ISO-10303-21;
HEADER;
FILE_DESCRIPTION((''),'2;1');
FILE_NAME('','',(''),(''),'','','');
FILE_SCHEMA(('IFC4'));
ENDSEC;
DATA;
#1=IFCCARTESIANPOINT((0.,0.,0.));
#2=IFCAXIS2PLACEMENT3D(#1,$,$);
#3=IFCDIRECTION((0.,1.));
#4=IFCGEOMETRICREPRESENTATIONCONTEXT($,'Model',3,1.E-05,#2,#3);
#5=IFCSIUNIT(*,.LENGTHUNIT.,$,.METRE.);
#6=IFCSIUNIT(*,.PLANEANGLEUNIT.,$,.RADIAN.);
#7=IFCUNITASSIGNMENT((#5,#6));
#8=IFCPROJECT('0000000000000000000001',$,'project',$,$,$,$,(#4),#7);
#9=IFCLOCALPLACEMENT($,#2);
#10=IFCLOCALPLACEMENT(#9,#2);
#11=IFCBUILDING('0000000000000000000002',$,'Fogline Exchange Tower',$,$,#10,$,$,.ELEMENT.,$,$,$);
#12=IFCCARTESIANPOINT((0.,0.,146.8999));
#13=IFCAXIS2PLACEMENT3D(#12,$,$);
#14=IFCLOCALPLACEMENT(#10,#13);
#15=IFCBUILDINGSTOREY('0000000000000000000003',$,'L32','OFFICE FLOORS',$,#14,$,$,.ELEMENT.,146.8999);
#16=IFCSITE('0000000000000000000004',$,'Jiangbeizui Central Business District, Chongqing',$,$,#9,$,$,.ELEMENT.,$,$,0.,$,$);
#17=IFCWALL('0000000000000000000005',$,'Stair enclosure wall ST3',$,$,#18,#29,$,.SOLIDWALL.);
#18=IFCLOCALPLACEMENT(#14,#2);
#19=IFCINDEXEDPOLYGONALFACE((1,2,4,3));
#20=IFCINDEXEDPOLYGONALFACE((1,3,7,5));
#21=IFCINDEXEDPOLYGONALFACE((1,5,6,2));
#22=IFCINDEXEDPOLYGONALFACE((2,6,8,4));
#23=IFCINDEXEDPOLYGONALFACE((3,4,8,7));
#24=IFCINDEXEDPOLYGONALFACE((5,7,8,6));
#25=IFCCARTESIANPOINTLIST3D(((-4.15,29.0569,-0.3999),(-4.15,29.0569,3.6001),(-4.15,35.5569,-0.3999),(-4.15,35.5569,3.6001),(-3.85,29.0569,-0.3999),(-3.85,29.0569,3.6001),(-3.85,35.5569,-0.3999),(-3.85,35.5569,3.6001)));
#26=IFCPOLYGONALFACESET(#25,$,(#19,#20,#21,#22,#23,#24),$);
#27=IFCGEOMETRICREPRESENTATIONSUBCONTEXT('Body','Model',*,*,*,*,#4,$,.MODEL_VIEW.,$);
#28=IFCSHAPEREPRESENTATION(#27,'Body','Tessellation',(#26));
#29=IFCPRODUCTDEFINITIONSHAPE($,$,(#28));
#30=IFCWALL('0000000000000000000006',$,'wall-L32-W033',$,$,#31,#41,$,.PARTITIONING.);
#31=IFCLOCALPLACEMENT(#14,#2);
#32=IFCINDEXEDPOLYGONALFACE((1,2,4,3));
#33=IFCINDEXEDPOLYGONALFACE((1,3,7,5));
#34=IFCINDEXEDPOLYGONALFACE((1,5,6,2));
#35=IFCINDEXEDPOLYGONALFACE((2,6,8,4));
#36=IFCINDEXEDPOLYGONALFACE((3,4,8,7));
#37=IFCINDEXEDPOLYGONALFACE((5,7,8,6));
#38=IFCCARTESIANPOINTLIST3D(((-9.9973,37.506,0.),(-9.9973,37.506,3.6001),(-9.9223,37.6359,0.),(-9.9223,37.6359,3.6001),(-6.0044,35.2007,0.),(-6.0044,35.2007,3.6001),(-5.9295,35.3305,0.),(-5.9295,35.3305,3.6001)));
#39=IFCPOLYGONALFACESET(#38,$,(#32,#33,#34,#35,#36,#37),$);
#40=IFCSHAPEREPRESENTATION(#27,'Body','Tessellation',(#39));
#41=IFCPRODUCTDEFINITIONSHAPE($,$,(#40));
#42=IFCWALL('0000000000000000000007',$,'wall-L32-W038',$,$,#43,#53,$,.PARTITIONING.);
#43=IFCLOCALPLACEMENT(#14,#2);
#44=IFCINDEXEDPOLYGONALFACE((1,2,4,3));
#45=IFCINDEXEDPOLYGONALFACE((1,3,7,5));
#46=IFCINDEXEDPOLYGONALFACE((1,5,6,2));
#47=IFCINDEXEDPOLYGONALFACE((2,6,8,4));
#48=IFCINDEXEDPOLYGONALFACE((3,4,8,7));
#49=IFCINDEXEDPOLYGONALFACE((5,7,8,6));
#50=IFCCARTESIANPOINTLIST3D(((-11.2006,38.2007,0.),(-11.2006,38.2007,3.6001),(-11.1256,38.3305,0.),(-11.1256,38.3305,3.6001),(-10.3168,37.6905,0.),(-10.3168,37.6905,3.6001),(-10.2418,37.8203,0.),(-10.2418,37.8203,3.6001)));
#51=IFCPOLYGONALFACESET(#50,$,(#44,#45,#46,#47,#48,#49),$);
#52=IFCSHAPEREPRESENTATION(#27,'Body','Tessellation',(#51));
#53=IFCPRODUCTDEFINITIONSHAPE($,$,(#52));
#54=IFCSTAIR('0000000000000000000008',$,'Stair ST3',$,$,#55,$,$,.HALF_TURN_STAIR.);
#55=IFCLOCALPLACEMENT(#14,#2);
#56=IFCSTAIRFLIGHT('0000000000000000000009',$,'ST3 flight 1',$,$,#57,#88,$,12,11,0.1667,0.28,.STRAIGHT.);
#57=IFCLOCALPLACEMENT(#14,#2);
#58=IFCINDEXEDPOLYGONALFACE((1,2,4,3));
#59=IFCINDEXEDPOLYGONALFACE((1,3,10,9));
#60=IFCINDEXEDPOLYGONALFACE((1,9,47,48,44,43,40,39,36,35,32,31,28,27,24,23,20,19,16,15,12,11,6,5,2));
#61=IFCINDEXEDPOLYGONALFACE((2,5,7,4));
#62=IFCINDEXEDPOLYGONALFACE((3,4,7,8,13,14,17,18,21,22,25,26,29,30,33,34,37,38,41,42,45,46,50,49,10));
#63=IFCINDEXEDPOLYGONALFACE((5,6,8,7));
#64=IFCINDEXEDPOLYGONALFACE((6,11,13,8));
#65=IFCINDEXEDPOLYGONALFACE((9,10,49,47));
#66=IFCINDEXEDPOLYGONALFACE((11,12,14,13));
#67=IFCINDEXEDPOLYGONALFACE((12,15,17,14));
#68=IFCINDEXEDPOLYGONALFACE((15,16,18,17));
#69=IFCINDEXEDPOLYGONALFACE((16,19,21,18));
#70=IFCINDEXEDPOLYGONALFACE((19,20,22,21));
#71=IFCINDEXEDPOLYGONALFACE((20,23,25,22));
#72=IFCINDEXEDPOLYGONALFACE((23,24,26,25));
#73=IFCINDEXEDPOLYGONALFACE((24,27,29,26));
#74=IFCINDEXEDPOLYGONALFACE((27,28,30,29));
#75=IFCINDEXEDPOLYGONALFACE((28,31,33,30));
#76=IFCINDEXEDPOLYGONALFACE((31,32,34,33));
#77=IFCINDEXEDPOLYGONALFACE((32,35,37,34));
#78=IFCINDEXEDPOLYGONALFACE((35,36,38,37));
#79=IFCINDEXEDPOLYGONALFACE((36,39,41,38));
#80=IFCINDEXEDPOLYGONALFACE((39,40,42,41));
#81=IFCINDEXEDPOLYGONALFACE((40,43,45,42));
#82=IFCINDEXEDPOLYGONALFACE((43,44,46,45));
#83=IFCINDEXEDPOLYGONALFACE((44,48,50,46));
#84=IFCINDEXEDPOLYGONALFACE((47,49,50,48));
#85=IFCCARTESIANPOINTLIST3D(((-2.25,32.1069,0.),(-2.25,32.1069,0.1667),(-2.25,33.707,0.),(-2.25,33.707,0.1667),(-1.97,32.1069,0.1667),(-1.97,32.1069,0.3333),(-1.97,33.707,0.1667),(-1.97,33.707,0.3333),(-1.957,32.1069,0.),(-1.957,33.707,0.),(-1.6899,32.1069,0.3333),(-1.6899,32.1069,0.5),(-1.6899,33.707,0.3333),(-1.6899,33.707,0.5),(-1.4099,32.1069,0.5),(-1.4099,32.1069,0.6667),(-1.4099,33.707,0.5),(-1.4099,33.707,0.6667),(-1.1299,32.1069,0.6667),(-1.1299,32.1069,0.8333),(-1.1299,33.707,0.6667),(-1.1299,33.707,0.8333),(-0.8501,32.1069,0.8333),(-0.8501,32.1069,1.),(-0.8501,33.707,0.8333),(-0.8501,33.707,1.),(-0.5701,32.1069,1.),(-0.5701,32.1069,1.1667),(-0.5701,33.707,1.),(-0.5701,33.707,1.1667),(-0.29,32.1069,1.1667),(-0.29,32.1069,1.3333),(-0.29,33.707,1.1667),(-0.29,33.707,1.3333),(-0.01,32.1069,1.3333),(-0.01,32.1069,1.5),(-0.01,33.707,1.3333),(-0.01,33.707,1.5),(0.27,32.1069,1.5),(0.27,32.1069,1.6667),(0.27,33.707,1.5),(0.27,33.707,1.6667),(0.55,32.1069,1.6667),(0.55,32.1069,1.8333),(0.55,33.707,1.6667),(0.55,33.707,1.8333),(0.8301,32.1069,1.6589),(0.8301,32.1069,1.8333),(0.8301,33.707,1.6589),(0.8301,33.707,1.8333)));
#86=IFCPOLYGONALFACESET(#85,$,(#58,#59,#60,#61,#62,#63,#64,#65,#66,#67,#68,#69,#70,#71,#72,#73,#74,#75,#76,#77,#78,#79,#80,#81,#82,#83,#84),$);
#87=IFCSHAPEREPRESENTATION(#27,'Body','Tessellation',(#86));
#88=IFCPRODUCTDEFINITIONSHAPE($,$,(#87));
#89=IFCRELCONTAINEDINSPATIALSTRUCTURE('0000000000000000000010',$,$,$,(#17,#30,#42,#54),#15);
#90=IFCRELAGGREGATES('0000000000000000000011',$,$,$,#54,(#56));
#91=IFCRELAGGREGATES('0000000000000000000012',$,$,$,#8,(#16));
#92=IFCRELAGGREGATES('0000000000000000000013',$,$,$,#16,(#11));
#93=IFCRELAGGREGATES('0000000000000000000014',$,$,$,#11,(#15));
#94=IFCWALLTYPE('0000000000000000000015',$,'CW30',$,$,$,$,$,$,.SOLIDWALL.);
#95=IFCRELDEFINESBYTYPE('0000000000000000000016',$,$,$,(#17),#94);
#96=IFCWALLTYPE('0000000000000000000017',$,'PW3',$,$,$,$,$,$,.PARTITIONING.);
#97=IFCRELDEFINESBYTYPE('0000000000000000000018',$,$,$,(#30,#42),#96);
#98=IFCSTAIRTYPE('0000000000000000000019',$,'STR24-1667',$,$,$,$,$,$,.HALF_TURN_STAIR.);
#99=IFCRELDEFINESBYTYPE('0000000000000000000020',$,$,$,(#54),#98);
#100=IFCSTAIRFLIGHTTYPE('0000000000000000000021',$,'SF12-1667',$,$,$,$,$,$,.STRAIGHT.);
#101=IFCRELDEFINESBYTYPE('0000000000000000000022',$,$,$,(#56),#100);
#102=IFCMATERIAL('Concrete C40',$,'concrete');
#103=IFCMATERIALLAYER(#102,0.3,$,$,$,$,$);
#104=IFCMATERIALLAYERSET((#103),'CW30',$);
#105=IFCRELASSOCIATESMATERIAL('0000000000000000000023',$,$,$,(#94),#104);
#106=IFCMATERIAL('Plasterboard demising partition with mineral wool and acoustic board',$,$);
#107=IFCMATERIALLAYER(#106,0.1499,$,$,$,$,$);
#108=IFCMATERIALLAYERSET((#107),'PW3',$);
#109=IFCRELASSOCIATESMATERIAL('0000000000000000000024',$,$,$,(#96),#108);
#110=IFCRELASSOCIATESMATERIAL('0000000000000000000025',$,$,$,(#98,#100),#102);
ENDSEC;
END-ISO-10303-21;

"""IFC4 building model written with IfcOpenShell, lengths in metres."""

from ifc_helpers import new_model, si_unit, direction, frame, frame_2d, origin, place, context, subcontext, project, spatial, polyline, rectangle, outline, extrude, material, layer, layer_set, type_object, element, aggregate, save


model = new_model("IFC4")

# Units and contexts
model_context = context("Model", 3, precision=1e-05, world=origin(), true_north=direction((0.0, 1.0)))
body_context = subcontext(model_context, "Body", "Model", "MODEL_VIEW")
ifc_project = project(units=[si_unit("LENGTHUNIT", "METRE"), si_unit("PLANEANGLEUNIT", "RADIAN")], contexts=[model_context])

# Site, building, storey
site_placement = place(None, origin())
site = spatial("IfcSite", under=ifc_project, at=site_placement, Name="Jiangbeizui Central Business District, Chongqing", CompositionType="ELEMENT", RefElevation=0.0)
building_placement = place(site_placement, origin())
building = spatial("IfcBuilding", under=site, at=building_placement, Name="Fogline Exchange Tower", CompositionType="ELEMENT")
storey_placement = place(building_placement, frame((0.0, 0.0, 146.8999)))
storey = spatial("IfcBuildingStorey", under=building, at=storey_placement, Name="L32", Description="OFFICE FLOORS", CompositionType="ELEMENT", Elevation=146.8999)

# Shared definitions
ifc_material_1 = material(Name="Concrete C40", Category="concrete")

# Shared definitions
ifc_layer_1 = layer(ifc_material_1, 0.3)
ifc_layer_set_1 = layer_set([ifc_layer_1], Name="CW30")
wall_type_1 = type_object("IfcWallType", Name="CW30", PredefinedType="SOLIDWALL", material=ifc_layer_set_1)

# Walls
wall_1_placement = place(storey_placement, frame((-4.0, 29.0569, -0.3999), z_axis=(0.0, 0.0, 1.0), x_axis=(0.0, 1.0, 0.0)))
element("IfcWall", 1, at=wall_1_placement, inside=storey, type_object=wall_type_1, Name="Stair enclosure wall ST3", PredefinedType="SOLIDWALL", context=body_context, shape_type="SweptSolid", body=[
    extrude(rectangle(XDim=6.5, YDim=0.3, at=frame_2d((3.25, 0.0))), origin(), (0.0, 0.0, 1.0), 4.0),
])
ifc_material_2 = material(Name="Plasterboard demising partition with mineral wool and acoustic board")
ifc_layer_2 = layer(ifc_material_2, 0.1499)
ifc_layer_set_2 = layer_set([ifc_layer_2], Name="PW3")
wall_type_2 = type_object("IfcWallType", Name="PW3", PredefinedType="PARTITIONING", material=ifc_layer_set_2)
wall_2_placement = place(storey_placement, frame((-5.967, 35.2656, 0.0), z_axis=(0.0, 0.0, 1.0), x_axis=(-0.866015, 0.500017, 0.0)))
element("IfcWall", 2, at=wall_2_placement, inside=storey, type_object=wall_type_2, Name="wall-L32-W033", PredefinedType="PARTITIONING", context=body_context, shape_type="SweptSolid", body=[
    extrude(rectangle(XDim=4.6106, YDim=0.1499, at=frame_2d((2.3052, 0.0))), origin(), (0.0, 0.0, 1.0), 3.6001),
])
wall_3_placement = place(storey_placement, frame((-10.2793, 37.7554, 0.0), z_axis=(0.0, 0.0, 1.0), x_axis=(-0.866026, 0.499999, 0.0)))
element("IfcWall", 3, at=wall_3_placement, inside=storey, type_object=wall_type_2, Name="wall-L32-W038", PredefinedType="PARTITIONING", context=body_context, shape_type="SweptSolid", body=[
    extrude(rectangle(XDim=1.0205, YDim=0.1499, at=frame_2d((0.5103, 0.0))), origin(), (0.0, 0.0, 1.0), 3.6001),
])

# Stair, stair flight
stair_type = type_object("IfcStairType", Name="STR24-1667", PredefinedType="HALF_TURN_STAIR", material=ifc_material_1)
stair_placement = place(storey_placement, origin())
stair = element("IfcStair", 4, at=stair_placement, inside=storey, type_object=stair_type, Name="Stair ST3", PredefinedType="HALF_TURN_STAIR")
stair_flight_type = type_object("IfcStairFlightType", Name="SF12-1667", PredefinedType="STRAIGHT", material=ifc_material_1)
stair_flight_placement = place(storey_placement, frame((-2.25, 32.907, 0.0), z_axis=(0.0, 0.0, 1.0), x_axis=(1.0, 0.0, 0.0)))
stair_flight = element("IfcStairFlight", 5, at=stair_flight_placement, type_object=stair_flight_type, Name="ST3 flight 1", NumberOfRisers=12, NumberOfTreads=11, PredefinedType="STRAIGHT", RiserHeight=0.1667, TreadLength=0.28, context=body_context, shape_type="SweptSolid", body=[
    extrude(outline(polyline([(0.0, 0.0), (0.0, 0.1667), (0.28, 0.1667), (0.28, 0.3333), (0.5601, 0.3333), (0.5601, 0.5), (0.8401, 0.5), (0.8401, 0.6667), (1.1201, 0.6667), (1.1201, 0.8333), (1.3999, 0.8333), (1.3999, 1.0), (1.6799, 1.0), (1.6799, 1.1667), (1.96, 1.1667), (1.96, 1.3333), (2.24, 1.3333), (2.24, 1.5), (2.52, 1.5), (2.52, 1.6667), (2.8, 1.6667), (2.8, 1.8333), (3.0801, 1.8333), (3.0801, 2.0), (3.0801, 1.6589), (0.293, 0.0), (0.0, 0.0)])), frame((0.0, 0.8, 0.0), z_axis=(0.0, -1.0, 0.0), x_axis=(1.0, 0.0, 0.0)), (0.0, 0.0, 1.0), 1.6001),
])
aggregate(stair, [stair_flight])

save(model, "model.ifc")
